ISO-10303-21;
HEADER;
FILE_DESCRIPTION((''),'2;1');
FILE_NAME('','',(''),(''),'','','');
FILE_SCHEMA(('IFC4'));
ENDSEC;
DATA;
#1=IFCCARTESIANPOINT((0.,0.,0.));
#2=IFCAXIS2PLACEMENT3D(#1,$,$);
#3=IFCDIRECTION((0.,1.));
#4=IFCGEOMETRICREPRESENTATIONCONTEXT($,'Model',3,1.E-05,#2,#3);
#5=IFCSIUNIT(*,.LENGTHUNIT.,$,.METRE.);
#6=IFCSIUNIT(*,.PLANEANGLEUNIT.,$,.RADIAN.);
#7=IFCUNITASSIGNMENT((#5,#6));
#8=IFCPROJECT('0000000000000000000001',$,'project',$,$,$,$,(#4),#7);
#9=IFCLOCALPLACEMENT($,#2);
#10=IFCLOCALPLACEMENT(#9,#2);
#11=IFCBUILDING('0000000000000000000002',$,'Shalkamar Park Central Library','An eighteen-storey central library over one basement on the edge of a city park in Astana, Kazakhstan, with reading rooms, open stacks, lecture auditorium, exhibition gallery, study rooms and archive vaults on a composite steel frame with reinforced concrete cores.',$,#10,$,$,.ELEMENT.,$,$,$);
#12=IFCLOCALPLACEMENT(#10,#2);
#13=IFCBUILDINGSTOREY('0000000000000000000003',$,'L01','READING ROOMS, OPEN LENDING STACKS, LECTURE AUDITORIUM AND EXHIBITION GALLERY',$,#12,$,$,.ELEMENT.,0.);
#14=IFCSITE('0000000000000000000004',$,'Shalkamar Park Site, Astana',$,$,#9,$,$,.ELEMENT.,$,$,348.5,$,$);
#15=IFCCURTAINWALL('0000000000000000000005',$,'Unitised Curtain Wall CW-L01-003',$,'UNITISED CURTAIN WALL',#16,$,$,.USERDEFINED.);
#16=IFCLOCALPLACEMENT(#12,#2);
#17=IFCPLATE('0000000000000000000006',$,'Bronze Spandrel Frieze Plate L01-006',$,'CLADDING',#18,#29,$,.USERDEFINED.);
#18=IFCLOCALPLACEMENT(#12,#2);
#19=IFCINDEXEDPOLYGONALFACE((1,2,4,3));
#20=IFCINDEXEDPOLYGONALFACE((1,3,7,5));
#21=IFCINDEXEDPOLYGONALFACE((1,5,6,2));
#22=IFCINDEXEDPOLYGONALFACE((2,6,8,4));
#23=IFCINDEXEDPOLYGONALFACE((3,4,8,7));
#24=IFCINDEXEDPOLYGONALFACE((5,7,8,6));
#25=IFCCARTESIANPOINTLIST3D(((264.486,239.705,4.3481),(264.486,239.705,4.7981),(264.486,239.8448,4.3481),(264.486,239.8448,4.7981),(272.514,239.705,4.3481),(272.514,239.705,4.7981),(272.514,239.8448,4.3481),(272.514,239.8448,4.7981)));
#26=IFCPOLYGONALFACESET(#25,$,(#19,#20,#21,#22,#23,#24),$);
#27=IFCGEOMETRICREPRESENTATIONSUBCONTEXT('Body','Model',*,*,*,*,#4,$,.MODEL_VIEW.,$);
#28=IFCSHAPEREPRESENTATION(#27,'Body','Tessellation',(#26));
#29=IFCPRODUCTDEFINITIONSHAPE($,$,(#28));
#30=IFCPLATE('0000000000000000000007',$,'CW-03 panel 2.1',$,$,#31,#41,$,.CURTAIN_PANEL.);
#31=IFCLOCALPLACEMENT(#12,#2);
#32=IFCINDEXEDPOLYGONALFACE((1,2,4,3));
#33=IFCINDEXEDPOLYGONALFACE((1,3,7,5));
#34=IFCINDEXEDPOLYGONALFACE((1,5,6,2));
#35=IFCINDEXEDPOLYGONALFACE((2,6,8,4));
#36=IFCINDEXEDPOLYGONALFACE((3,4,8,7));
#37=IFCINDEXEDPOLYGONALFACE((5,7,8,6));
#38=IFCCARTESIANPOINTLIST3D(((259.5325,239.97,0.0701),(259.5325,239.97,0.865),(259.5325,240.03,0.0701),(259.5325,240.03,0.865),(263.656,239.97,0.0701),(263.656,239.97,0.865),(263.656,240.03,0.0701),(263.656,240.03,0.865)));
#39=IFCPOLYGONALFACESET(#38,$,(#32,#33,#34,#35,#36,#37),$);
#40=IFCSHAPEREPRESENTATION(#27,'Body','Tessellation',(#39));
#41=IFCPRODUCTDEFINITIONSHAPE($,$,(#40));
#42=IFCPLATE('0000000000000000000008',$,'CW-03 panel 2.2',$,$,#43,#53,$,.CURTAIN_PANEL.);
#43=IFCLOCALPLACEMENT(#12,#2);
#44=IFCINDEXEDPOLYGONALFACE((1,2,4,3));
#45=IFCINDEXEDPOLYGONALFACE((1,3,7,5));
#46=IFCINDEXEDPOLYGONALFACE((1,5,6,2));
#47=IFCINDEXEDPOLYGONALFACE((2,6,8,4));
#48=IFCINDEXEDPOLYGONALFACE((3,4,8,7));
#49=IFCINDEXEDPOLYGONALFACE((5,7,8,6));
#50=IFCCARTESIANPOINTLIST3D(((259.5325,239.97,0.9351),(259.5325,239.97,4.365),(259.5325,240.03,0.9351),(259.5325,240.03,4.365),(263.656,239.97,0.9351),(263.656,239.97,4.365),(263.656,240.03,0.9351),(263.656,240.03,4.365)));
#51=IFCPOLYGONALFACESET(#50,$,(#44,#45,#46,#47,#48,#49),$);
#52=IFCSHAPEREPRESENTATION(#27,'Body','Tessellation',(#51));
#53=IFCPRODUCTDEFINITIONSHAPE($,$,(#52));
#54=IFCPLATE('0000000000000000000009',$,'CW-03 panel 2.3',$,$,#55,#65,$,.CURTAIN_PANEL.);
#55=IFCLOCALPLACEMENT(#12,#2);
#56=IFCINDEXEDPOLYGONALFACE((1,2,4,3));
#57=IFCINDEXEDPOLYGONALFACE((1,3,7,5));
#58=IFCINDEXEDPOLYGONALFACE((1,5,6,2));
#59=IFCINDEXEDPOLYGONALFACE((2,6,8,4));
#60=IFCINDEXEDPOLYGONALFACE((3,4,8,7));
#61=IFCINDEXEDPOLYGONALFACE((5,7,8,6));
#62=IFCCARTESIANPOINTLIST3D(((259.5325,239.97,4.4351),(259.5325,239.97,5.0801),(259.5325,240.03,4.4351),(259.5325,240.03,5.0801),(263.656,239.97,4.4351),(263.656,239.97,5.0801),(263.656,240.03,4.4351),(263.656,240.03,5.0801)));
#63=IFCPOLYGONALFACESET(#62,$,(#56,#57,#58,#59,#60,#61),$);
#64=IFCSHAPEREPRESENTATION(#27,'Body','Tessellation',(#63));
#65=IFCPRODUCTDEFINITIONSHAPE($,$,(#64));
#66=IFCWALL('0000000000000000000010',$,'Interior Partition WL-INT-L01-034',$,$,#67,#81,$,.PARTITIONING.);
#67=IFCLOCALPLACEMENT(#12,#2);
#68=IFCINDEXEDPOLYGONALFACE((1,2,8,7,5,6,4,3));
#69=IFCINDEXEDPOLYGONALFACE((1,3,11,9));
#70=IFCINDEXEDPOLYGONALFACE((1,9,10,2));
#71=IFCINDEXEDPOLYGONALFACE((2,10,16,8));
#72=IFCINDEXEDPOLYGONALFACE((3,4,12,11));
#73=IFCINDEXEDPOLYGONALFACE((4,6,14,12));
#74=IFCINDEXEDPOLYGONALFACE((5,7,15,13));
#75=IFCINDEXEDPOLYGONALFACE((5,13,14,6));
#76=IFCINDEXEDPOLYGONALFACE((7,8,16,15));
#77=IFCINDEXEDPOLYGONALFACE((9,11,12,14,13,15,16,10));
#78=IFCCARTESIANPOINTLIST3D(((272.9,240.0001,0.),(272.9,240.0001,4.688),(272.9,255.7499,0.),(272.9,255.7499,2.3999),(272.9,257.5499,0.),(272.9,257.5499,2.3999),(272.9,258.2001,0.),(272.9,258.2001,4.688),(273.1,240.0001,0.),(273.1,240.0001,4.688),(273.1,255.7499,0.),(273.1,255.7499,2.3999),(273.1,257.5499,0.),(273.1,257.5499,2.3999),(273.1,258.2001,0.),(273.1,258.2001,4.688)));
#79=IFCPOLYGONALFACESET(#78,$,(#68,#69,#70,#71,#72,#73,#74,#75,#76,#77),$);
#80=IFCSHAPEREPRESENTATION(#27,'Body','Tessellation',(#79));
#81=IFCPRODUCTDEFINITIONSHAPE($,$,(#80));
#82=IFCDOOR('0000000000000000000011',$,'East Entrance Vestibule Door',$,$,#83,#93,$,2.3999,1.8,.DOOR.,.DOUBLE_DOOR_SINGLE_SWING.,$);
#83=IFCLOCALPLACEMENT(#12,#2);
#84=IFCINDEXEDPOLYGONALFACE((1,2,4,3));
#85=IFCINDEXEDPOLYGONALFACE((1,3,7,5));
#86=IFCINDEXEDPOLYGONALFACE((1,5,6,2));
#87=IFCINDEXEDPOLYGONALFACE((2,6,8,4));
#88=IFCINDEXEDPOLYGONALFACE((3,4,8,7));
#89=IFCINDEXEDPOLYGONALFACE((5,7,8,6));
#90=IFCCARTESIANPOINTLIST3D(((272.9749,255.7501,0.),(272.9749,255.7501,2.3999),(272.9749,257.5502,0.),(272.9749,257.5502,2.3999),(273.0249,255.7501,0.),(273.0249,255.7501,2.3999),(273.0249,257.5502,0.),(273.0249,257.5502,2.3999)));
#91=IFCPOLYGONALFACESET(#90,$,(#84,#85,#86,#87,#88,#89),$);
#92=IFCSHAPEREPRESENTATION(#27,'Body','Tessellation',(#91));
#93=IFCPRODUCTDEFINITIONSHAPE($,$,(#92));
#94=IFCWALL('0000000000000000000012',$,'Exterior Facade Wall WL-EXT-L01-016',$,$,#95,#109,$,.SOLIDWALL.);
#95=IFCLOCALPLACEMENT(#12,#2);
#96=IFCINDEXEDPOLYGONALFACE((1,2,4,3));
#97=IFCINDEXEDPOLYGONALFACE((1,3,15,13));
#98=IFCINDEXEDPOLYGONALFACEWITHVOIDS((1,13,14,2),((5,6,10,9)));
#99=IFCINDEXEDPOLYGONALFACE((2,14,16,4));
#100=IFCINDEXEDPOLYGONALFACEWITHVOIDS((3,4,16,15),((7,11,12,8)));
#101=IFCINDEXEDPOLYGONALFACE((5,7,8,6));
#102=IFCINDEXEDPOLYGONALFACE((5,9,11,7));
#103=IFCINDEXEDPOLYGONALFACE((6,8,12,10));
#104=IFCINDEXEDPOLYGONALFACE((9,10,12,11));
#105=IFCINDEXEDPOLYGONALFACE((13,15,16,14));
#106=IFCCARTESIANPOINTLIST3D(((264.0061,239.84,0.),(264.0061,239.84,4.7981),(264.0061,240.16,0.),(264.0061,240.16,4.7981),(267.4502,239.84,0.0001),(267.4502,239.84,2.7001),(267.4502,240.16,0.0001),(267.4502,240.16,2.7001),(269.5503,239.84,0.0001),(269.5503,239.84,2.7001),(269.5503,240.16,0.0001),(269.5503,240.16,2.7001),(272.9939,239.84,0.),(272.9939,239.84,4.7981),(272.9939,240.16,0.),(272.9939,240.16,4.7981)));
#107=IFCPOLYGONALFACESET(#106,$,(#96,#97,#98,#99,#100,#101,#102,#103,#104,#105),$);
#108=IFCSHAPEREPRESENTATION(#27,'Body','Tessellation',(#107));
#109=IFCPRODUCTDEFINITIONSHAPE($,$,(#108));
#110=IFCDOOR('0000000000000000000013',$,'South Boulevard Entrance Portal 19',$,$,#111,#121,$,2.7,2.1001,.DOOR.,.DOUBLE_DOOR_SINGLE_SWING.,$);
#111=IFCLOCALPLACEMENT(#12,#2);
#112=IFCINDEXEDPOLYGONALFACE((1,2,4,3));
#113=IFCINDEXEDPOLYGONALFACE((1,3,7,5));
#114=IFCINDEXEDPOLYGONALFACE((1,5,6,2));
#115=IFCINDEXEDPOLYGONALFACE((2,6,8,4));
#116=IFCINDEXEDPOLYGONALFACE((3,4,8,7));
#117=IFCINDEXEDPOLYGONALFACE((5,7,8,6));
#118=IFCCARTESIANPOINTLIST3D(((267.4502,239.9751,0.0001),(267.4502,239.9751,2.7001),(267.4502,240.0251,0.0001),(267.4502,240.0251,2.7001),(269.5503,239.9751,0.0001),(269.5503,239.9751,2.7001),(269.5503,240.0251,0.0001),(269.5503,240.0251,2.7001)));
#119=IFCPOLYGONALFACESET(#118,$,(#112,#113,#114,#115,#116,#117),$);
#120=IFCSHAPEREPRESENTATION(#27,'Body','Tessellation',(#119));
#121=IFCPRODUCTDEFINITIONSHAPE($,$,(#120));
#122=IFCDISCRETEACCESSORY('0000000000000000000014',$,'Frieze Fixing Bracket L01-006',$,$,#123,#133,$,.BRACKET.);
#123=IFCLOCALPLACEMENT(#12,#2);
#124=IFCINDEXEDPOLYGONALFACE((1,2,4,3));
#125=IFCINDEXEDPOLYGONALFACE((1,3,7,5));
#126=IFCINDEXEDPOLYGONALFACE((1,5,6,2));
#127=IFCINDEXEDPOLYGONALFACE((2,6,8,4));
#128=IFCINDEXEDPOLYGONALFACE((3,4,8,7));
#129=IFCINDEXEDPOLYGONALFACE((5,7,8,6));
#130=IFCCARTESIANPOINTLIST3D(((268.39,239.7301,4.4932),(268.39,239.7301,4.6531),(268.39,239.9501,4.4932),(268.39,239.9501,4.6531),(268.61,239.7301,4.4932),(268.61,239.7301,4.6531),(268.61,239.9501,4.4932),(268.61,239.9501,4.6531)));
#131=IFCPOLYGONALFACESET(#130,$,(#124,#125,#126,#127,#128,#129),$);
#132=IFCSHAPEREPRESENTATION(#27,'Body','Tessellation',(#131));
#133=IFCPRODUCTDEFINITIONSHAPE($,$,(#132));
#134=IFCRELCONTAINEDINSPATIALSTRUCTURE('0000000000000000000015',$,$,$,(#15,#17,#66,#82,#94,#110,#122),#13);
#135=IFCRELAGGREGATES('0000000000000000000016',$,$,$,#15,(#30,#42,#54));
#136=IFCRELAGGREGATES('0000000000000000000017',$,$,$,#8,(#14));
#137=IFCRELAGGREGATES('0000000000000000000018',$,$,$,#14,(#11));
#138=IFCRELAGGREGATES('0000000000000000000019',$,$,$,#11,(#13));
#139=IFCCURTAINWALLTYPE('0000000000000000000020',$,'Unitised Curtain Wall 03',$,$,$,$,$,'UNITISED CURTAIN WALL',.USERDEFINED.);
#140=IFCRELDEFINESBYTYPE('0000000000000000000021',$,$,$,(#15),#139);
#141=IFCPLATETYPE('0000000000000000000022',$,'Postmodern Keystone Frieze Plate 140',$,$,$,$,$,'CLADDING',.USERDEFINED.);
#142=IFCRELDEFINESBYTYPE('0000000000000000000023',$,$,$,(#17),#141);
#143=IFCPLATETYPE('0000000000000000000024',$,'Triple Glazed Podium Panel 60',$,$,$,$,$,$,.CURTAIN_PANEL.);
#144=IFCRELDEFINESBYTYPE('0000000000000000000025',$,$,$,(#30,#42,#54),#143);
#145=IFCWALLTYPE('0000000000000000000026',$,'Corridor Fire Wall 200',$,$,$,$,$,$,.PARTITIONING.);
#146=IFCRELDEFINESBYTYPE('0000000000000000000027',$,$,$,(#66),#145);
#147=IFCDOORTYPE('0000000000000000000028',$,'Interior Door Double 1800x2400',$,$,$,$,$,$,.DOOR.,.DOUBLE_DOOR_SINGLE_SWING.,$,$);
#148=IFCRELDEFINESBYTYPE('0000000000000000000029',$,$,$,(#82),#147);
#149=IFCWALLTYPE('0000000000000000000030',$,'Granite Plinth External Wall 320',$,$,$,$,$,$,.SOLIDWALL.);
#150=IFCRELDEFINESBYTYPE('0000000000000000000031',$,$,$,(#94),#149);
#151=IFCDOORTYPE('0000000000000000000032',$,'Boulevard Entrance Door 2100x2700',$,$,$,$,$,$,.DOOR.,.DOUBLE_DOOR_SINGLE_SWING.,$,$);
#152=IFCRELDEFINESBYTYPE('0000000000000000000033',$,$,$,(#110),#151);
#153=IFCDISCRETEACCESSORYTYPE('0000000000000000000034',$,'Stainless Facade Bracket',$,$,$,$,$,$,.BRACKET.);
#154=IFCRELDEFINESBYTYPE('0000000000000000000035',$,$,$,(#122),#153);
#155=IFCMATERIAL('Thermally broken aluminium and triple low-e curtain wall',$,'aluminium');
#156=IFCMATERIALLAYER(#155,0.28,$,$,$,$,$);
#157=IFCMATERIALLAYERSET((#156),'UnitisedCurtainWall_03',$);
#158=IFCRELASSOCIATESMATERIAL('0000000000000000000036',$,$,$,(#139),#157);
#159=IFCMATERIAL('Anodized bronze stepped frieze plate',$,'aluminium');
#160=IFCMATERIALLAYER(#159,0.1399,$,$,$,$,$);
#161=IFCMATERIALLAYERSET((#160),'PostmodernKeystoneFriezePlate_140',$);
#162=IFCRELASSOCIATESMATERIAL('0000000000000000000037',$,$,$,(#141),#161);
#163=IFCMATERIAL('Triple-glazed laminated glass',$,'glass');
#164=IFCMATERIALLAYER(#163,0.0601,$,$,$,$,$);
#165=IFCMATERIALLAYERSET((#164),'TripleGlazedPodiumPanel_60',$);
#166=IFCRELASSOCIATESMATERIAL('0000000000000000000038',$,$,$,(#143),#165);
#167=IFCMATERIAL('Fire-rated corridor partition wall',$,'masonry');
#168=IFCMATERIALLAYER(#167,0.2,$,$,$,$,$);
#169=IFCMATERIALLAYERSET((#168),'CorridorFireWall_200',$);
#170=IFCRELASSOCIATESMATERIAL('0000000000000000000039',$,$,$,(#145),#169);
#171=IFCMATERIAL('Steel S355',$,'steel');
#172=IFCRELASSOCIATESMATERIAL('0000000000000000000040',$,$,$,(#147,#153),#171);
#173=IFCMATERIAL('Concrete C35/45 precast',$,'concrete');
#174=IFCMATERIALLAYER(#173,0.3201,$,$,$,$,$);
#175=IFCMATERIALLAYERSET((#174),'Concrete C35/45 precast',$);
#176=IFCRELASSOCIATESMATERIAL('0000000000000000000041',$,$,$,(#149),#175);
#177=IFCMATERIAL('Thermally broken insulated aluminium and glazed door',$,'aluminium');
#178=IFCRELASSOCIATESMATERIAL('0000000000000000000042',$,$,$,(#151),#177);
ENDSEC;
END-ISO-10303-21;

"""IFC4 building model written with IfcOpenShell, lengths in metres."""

from ifc_helpers import new_model, si_unit, direction, frame, frame_2d, origin, origin_2d, place, context, subcontext, project, spatial, rectangle, extrude, material, layer, layer_set, type_object, element, fill, aggregate, save


model = new_model("IFC4")

# Units and contexts
model_context = context("Model", 3, precision=1e-05, world=origin(), true_north=direction((0.0, 1.0)))
body_context = subcontext(model_context, "Body", "Model", "MODEL_VIEW")
ifc_project = project(units=[si_unit("LENGTHUNIT", "METRE"), si_unit("PLANEANGLEUNIT", "RADIAN")], contexts=[model_context])

# Site, building, storey
site_placement = place(None, origin())
site = spatial("IfcSite", under=ifc_project, at=site_placement, Name="Shalkamar Park Site, Astana", CompositionType="ELEMENT", RefElevation=348.5)
building_placement = place(site_placement, origin())
building = spatial("IfcBuilding", under=site, at=building_placement, Name="Shalkamar Park Central Library", Description="An eighteen-storey central library over one basement on the edge of a city park in Astana, Kazakhstan, with reading rooms, open stacks, lecture auditorium, exhibition gallery, study rooms and archive vaults on a composite steel frame with reinforced concrete cores.", CompositionType="ELEMENT")
storey_placement = place(building_placement, origin())
storey = spatial("IfcBuildingStorey", under=building, at=storey_placement, Name="L01", Description="READING ROOMS, OPEN LENDING STACKS, LECTURE AUDITORIUM AND EXHIBITION GALLERY", CompositionType="ELEMENT", Elevation=0.0)

# Shared definitions
ifc_material_1 = material(Name="Steel S355", Category="steel")

# Curtain wall
ifc_material_2 = material(Name="Thermally broken aluminium and triple low-e curtain wall", Category="aluminium")
ifc_layer_1 = layer(ifc_material_2, 0.28)
ifc_layer_set_1 = layer_set([ifc_layer_1], Name="UnitisedCurtainWall_03")
curtain_wall_type = type_object("IfcCurtainWallType", Name="Unitised Curtain Wall 03", ElementType="UNITISED CURTAIN WALL", PredefinedType="USERDEFINED", material=ifc_layer_set_1)
curtain_wall_placement = place(storey_placement, origin())
curtain_wall = element("IfcCurtainWall", 1, at=curtain_wall_placement, inside=storey, type_object=curtain_wall_type, Name="Unitised Curtain Wall CW-L01-003", ObjectType="UNITISED CURTAIN WALL", PredefinedType="USERDEFINED")

# Plates
ifc_material_3 = material(Name="Anodized bronze stepped frieze plate", Category="aluminium")
ifc_layer_2 = layer(ifc_material_3, 0.1399)
ifc_layer_set_2 = layer_set([ifc_layer_2], Name="PostmodernKeystoneFriezePlate_140")
plate_type_1 = type_object("IfcPlateType", Name="Postmodern Keystone Frieze Plate 140", ElementType="CLADDING", PredefinedType="USERDEFINED", material=ifc_layer_set_2)
plate_1_placement = place(storey_placement, frame((268.5, 239.7749, 4.3481), z_axis=(0.0, 0.0, 1.0), x_axis=(1.0, 0.0, 0.0)))
element("IfcPlate", 2, at=plate_1_placement, inside=storey, type_object=plate_type_1, Name="Bronze Spandrel Frieze Plate L01-006", ObjectType="CLADDING", PredefinedType="USERDEFINED", context=body_context, shape_type="SweptSolid", body=[
    extrude(rectangle(XDim=8.0281, YDim=0.1399, at=origin_2d()), origin(), (0.0, 0.0, 1.0), 0.45),
])
ifc_material_4 = material(Name="Triple-glazed laminated glass", Category="glass")
ifc_layer_3 = layer(ifc_material_4, 0.0601)
ifc_layer_set_3 = layer_set([ifc_layer_3], Name="TripleGlazedPodiumPanel_60")
plate_type_2 = type_object("IfcPlateType", Name="Triple Glazed Podium Panel 60", PredefinedType="CURTAIN_PANEL", material=ifc_layer_set_3)
plate_2_placement = place(storey_placement, frame((261.5942, 240.0, 0.0701), z_axis=(0.0, 0.0, 1.0), x_axis=(1.0, 0.0, 0.0)))
plate_2 = element("IfcPlate", 3, at=plate_2_placement, type_object=plate_type_2, Name="CW-03 panel 2.1", PredefinedType="CURTAIN_PANEL", context=body_context, shape_type="SweptSolid", body=[
    extrude(rectangle(XDim=4.1235, YDim=0.0601, at=origin_2d()), origin(), (0.0, 0.0, 1.0), 0.7949),
])
plate_3_placement = place(storey_placement, frame((261.5942, 240.0, 0.9351), z_axis=(0.0, 0.0, 1.0), x_axis=(1.0, 0.0, 0.0)))
plate_3 = element("IfcPlate", 4, at=plate_3_placement, type_object=plate_type_2, Name="CW-03 panel 2.2", PredefinedType="CURTAIN_PANEL", context=body_context, shape_type="SweptSolid", body=[
    extrude(rectangle(XDim=4.1235, YDim=0.0601, at=origin_2d()), origin(), (0.0, 0.0, 1.0), 3.4299),
])
plate_4_placement = place(storey_placement, frame((261.5942, 240.0, 4.4351), z_axis=(0.0, 0.0, 1.0), x_axis=(1.0, 0.0, 0.0)))
plate_4 = element("IfcPlate", 5, at=plate_4_placement, type_object=plate_type_2, Name="CW-03 panel 2.3", PredefinedType="CURTAIN_PANEL", context=body_context, shape_type="SweptSolid", body=[
    extrude(rectangle(XDim=4.1235, YDim=0.0601, at=origin_2d()), origin(), (0.0, 0.0, 1.0), 0.645),
])
aggregate(curtain_wall, [plate_2, plate_3, plate_4])

# Walls, openings, doors
ifc_material_5 = material(Name="Fire-rated corridor partition wall", Category="masonry")
ifc_layer_4 = layer(ifc_material_5, 0.2)
ifc_layer_set_4 = layer_set([ifc_layer_4], Name="CorridorFireWall_200")
wall_type_1 = type_object("IfcWallType", Name="Corridor Fire Wall 200", PredefinedType="PARTITIONING", material=ifc_layer_set_4)
wall_1_placement = place(storey_placement, frame((273.0, 240.0, 0.0), z_axis=(0.0, 0.0, 1.0), x_axis=(0.0, 1.0, 0.0)))
wall_1 = element("IfcWall", 6, at=wall_1_placement, inside=storey, type_object=wall_type_1, Name="Interior Partition WL-INT-L01-034", PredefinedType="PARTITIONING", context=body_context, shape_type="SweptSolid", body=[
    extrude(rectangle(XDim=18.2, YDim=0.2, at=frame_2d((9.1001, 0.0))), origin(), (0.0, 0.0, 1.0), 4.688),
])
opening_1_placement = place(wall_1_placement, frame((15.75, 0.0, 0.0)))
opening_1 = element("IfcOpeningElement", 7, at=opening_1_placement, cuts=wall_1, PredefinedType="OPENING", context=body_context, shape_type="SweptSolid", body=[
    extrude(rectangle(XDim=1.8, YDim=2.3999, at=frame_2d((0.8999, 1.2))), frame((0.0, 0.1147, 0.0), z_axis=(0.0, -1.0, 0.0), x_axis=(1.0, 0.0, 0.0)), (0.0, 0.0, 1.0), 0.2297),
])
door_type_1 = type_object("IfcDoorType", Name="Interior Door Double 1800x2400", OperationType="DOUBLE_DOOR_SINGLE_SWING", PredefinedType="DOOR", material=ifc_material_1)
door_1_placement = place(opening_1_placement, frame((1.8, 0.0, 0.0), z_axis=(0.0, 0.0, 1.0), x_axis=(-1.0, 0.0, 0.0)))
door_1 = element("IfcDoor", 8, at=door_1_placement, inside=storey, type_object=door_type_1, Name="East Entrance Vestibule Door", OperationType="DOUBLE_DOOR_SINGLE_SWING", OverallHeight=2.3999, OverallWidth=1.8, PredefinedType="DOOR", context=body_context, shape_type="SweptSolid", body=[
    extrude(rectangle(XDim=1.8, YDim=2.3999, at=frame_2d((0.8999, 1.2))), frame((0.0, 0.0249, 0.0), z_axis=(0.0, -1.0, 0.0), x_axis=(1.0, 0.0, 0.0)), (0.0, 0.0, 1.0), 0.05),
])
fill(opening_1, door_1)
ifc_material_6 = material(Name="Concrete C35/45 precast", Category="concrete")
ifc_layer_5 = layer(ifc_material_6, 0.3201)
ifc_layer_set_5 = layer_set([ifc_layer_5], Name="Concrete C35/45 precast")
wall_type_2 = type_object("IfcWallType", Name="Granite Plinth External Wall 320", PredefinedType="SOLIDWALL", material=ifc_layer_set_5)
wall_2_placement = place(storey_placement, frame((264.0061, 240.0, 0.0), z_axis=(0.0, 0.0, 1.0), x_axis=(1.0, 0.0, 0.0)))
wall_2 = element("IfcWall", 9, at=wall_2_placement, inside=storey, type_object=wall_type_2, Name="Exterior Facade Wall WL-EXT-L01-016", PredefinedType="SOLIDWALL", context=body_context, shape_type="SweptSolid", body=[
    extrude(rectangle(XDim=8.9878, YDim=0.3201, at=frame_2d((4.4939, 0.0))), origin(), (0.0, 0.0, 1.0), 4.7981),
])
opening_2_placement = place(wall_2_placement, frame((3.4441, 0.0, 0.0)))
opening_2 = element("IfcOpeningElement", 10, at=opening_2_placement, cuts=wall_2, PredefinedType="OPENING", context=body_context, shape_type="SweptSolid", body=[
    extrude(rectangle(XDim=2.1001, YDim=2.7, at=frame_2d((1.05, 1.3501))), frame((0.0, 0.1748, 0.0), z_axis=(0.0, -1.0, 0.0), x_axis=(1.0, 0.0, 0.0)), (0.0, 0.0, 1.0), 0.3499),
])
ifc_material_7 = material(Name="Thermally broken insulated aluminium and glazed door", Category="aluminium")
door_type_2 = type_object("IfcDoorType", Name="Boulevard Entrance Door 2100x2700", OperationType="DOUBLE_DOOR_SINGLE_SWING", PredefinedType="DOOR", material=ifc_material_7)
door_2_placement = place(opening_2_placement, frame((2.1001, 0.0, 0.0), z_axis=(0.0, 0.0, 1.0), x_axis=(-1.0, 0.0, 0.0)))
door_2 = element("IfcDoor", 11, at=door_2_placement, inside=storey, type_object=door_type_2, Name="South Boulevard Entrance Portal 19", OperationType="DOUBLE_DOOR_SINGLE_SWING", OverallHeight=2.7, OverallWidth=2.1001, PredefinedType="DOOR", context=body_context, shape_type="SweptSolid", body=[
    extrude(rectangle(XDim=2.1001, YDim=2.7, at=frame_2d((1.05, 1.3501))), frame((0.0, 0.0249, 0.0), z_axis=(0.0, -1.0, 0.0), x_axis=(1.0, 0.0, 0.0)), (0.0, 0.0, 1.0), 0.05),
])
fill(opening_2, door_2)

# Discrete accessory
discrete_accessory_type = type_object("IfcDiscreteAccessoryType", Name="Stainless Facade Bracket", PredefinedType="BRACKET", material=ifc_material_1)
discrete_accessory_placement = place(storey_placement, frame((268.5, 239.8401, 4.4932), z_axis=(0.0, 0.0, 1.0), x_axis=(1.0, 0.0, 0.0)))
element("IfcDiscreteAccessory", 12, at=discrete_accessory_placement, inside=storey, type_object=discrete_accessory_type, Name="Frieze Fixing Bracket L01-006", PredefinedType="BRACKET", context=body_context, shape_type="SweptSolid", body=[
    extrude(rectangle(XDim=0.22, YDim=0.22, at=origin_2d()), origin(), (0.0, 0.0, 1.0), 0.1599),
])

save(model, "model.ifc")
